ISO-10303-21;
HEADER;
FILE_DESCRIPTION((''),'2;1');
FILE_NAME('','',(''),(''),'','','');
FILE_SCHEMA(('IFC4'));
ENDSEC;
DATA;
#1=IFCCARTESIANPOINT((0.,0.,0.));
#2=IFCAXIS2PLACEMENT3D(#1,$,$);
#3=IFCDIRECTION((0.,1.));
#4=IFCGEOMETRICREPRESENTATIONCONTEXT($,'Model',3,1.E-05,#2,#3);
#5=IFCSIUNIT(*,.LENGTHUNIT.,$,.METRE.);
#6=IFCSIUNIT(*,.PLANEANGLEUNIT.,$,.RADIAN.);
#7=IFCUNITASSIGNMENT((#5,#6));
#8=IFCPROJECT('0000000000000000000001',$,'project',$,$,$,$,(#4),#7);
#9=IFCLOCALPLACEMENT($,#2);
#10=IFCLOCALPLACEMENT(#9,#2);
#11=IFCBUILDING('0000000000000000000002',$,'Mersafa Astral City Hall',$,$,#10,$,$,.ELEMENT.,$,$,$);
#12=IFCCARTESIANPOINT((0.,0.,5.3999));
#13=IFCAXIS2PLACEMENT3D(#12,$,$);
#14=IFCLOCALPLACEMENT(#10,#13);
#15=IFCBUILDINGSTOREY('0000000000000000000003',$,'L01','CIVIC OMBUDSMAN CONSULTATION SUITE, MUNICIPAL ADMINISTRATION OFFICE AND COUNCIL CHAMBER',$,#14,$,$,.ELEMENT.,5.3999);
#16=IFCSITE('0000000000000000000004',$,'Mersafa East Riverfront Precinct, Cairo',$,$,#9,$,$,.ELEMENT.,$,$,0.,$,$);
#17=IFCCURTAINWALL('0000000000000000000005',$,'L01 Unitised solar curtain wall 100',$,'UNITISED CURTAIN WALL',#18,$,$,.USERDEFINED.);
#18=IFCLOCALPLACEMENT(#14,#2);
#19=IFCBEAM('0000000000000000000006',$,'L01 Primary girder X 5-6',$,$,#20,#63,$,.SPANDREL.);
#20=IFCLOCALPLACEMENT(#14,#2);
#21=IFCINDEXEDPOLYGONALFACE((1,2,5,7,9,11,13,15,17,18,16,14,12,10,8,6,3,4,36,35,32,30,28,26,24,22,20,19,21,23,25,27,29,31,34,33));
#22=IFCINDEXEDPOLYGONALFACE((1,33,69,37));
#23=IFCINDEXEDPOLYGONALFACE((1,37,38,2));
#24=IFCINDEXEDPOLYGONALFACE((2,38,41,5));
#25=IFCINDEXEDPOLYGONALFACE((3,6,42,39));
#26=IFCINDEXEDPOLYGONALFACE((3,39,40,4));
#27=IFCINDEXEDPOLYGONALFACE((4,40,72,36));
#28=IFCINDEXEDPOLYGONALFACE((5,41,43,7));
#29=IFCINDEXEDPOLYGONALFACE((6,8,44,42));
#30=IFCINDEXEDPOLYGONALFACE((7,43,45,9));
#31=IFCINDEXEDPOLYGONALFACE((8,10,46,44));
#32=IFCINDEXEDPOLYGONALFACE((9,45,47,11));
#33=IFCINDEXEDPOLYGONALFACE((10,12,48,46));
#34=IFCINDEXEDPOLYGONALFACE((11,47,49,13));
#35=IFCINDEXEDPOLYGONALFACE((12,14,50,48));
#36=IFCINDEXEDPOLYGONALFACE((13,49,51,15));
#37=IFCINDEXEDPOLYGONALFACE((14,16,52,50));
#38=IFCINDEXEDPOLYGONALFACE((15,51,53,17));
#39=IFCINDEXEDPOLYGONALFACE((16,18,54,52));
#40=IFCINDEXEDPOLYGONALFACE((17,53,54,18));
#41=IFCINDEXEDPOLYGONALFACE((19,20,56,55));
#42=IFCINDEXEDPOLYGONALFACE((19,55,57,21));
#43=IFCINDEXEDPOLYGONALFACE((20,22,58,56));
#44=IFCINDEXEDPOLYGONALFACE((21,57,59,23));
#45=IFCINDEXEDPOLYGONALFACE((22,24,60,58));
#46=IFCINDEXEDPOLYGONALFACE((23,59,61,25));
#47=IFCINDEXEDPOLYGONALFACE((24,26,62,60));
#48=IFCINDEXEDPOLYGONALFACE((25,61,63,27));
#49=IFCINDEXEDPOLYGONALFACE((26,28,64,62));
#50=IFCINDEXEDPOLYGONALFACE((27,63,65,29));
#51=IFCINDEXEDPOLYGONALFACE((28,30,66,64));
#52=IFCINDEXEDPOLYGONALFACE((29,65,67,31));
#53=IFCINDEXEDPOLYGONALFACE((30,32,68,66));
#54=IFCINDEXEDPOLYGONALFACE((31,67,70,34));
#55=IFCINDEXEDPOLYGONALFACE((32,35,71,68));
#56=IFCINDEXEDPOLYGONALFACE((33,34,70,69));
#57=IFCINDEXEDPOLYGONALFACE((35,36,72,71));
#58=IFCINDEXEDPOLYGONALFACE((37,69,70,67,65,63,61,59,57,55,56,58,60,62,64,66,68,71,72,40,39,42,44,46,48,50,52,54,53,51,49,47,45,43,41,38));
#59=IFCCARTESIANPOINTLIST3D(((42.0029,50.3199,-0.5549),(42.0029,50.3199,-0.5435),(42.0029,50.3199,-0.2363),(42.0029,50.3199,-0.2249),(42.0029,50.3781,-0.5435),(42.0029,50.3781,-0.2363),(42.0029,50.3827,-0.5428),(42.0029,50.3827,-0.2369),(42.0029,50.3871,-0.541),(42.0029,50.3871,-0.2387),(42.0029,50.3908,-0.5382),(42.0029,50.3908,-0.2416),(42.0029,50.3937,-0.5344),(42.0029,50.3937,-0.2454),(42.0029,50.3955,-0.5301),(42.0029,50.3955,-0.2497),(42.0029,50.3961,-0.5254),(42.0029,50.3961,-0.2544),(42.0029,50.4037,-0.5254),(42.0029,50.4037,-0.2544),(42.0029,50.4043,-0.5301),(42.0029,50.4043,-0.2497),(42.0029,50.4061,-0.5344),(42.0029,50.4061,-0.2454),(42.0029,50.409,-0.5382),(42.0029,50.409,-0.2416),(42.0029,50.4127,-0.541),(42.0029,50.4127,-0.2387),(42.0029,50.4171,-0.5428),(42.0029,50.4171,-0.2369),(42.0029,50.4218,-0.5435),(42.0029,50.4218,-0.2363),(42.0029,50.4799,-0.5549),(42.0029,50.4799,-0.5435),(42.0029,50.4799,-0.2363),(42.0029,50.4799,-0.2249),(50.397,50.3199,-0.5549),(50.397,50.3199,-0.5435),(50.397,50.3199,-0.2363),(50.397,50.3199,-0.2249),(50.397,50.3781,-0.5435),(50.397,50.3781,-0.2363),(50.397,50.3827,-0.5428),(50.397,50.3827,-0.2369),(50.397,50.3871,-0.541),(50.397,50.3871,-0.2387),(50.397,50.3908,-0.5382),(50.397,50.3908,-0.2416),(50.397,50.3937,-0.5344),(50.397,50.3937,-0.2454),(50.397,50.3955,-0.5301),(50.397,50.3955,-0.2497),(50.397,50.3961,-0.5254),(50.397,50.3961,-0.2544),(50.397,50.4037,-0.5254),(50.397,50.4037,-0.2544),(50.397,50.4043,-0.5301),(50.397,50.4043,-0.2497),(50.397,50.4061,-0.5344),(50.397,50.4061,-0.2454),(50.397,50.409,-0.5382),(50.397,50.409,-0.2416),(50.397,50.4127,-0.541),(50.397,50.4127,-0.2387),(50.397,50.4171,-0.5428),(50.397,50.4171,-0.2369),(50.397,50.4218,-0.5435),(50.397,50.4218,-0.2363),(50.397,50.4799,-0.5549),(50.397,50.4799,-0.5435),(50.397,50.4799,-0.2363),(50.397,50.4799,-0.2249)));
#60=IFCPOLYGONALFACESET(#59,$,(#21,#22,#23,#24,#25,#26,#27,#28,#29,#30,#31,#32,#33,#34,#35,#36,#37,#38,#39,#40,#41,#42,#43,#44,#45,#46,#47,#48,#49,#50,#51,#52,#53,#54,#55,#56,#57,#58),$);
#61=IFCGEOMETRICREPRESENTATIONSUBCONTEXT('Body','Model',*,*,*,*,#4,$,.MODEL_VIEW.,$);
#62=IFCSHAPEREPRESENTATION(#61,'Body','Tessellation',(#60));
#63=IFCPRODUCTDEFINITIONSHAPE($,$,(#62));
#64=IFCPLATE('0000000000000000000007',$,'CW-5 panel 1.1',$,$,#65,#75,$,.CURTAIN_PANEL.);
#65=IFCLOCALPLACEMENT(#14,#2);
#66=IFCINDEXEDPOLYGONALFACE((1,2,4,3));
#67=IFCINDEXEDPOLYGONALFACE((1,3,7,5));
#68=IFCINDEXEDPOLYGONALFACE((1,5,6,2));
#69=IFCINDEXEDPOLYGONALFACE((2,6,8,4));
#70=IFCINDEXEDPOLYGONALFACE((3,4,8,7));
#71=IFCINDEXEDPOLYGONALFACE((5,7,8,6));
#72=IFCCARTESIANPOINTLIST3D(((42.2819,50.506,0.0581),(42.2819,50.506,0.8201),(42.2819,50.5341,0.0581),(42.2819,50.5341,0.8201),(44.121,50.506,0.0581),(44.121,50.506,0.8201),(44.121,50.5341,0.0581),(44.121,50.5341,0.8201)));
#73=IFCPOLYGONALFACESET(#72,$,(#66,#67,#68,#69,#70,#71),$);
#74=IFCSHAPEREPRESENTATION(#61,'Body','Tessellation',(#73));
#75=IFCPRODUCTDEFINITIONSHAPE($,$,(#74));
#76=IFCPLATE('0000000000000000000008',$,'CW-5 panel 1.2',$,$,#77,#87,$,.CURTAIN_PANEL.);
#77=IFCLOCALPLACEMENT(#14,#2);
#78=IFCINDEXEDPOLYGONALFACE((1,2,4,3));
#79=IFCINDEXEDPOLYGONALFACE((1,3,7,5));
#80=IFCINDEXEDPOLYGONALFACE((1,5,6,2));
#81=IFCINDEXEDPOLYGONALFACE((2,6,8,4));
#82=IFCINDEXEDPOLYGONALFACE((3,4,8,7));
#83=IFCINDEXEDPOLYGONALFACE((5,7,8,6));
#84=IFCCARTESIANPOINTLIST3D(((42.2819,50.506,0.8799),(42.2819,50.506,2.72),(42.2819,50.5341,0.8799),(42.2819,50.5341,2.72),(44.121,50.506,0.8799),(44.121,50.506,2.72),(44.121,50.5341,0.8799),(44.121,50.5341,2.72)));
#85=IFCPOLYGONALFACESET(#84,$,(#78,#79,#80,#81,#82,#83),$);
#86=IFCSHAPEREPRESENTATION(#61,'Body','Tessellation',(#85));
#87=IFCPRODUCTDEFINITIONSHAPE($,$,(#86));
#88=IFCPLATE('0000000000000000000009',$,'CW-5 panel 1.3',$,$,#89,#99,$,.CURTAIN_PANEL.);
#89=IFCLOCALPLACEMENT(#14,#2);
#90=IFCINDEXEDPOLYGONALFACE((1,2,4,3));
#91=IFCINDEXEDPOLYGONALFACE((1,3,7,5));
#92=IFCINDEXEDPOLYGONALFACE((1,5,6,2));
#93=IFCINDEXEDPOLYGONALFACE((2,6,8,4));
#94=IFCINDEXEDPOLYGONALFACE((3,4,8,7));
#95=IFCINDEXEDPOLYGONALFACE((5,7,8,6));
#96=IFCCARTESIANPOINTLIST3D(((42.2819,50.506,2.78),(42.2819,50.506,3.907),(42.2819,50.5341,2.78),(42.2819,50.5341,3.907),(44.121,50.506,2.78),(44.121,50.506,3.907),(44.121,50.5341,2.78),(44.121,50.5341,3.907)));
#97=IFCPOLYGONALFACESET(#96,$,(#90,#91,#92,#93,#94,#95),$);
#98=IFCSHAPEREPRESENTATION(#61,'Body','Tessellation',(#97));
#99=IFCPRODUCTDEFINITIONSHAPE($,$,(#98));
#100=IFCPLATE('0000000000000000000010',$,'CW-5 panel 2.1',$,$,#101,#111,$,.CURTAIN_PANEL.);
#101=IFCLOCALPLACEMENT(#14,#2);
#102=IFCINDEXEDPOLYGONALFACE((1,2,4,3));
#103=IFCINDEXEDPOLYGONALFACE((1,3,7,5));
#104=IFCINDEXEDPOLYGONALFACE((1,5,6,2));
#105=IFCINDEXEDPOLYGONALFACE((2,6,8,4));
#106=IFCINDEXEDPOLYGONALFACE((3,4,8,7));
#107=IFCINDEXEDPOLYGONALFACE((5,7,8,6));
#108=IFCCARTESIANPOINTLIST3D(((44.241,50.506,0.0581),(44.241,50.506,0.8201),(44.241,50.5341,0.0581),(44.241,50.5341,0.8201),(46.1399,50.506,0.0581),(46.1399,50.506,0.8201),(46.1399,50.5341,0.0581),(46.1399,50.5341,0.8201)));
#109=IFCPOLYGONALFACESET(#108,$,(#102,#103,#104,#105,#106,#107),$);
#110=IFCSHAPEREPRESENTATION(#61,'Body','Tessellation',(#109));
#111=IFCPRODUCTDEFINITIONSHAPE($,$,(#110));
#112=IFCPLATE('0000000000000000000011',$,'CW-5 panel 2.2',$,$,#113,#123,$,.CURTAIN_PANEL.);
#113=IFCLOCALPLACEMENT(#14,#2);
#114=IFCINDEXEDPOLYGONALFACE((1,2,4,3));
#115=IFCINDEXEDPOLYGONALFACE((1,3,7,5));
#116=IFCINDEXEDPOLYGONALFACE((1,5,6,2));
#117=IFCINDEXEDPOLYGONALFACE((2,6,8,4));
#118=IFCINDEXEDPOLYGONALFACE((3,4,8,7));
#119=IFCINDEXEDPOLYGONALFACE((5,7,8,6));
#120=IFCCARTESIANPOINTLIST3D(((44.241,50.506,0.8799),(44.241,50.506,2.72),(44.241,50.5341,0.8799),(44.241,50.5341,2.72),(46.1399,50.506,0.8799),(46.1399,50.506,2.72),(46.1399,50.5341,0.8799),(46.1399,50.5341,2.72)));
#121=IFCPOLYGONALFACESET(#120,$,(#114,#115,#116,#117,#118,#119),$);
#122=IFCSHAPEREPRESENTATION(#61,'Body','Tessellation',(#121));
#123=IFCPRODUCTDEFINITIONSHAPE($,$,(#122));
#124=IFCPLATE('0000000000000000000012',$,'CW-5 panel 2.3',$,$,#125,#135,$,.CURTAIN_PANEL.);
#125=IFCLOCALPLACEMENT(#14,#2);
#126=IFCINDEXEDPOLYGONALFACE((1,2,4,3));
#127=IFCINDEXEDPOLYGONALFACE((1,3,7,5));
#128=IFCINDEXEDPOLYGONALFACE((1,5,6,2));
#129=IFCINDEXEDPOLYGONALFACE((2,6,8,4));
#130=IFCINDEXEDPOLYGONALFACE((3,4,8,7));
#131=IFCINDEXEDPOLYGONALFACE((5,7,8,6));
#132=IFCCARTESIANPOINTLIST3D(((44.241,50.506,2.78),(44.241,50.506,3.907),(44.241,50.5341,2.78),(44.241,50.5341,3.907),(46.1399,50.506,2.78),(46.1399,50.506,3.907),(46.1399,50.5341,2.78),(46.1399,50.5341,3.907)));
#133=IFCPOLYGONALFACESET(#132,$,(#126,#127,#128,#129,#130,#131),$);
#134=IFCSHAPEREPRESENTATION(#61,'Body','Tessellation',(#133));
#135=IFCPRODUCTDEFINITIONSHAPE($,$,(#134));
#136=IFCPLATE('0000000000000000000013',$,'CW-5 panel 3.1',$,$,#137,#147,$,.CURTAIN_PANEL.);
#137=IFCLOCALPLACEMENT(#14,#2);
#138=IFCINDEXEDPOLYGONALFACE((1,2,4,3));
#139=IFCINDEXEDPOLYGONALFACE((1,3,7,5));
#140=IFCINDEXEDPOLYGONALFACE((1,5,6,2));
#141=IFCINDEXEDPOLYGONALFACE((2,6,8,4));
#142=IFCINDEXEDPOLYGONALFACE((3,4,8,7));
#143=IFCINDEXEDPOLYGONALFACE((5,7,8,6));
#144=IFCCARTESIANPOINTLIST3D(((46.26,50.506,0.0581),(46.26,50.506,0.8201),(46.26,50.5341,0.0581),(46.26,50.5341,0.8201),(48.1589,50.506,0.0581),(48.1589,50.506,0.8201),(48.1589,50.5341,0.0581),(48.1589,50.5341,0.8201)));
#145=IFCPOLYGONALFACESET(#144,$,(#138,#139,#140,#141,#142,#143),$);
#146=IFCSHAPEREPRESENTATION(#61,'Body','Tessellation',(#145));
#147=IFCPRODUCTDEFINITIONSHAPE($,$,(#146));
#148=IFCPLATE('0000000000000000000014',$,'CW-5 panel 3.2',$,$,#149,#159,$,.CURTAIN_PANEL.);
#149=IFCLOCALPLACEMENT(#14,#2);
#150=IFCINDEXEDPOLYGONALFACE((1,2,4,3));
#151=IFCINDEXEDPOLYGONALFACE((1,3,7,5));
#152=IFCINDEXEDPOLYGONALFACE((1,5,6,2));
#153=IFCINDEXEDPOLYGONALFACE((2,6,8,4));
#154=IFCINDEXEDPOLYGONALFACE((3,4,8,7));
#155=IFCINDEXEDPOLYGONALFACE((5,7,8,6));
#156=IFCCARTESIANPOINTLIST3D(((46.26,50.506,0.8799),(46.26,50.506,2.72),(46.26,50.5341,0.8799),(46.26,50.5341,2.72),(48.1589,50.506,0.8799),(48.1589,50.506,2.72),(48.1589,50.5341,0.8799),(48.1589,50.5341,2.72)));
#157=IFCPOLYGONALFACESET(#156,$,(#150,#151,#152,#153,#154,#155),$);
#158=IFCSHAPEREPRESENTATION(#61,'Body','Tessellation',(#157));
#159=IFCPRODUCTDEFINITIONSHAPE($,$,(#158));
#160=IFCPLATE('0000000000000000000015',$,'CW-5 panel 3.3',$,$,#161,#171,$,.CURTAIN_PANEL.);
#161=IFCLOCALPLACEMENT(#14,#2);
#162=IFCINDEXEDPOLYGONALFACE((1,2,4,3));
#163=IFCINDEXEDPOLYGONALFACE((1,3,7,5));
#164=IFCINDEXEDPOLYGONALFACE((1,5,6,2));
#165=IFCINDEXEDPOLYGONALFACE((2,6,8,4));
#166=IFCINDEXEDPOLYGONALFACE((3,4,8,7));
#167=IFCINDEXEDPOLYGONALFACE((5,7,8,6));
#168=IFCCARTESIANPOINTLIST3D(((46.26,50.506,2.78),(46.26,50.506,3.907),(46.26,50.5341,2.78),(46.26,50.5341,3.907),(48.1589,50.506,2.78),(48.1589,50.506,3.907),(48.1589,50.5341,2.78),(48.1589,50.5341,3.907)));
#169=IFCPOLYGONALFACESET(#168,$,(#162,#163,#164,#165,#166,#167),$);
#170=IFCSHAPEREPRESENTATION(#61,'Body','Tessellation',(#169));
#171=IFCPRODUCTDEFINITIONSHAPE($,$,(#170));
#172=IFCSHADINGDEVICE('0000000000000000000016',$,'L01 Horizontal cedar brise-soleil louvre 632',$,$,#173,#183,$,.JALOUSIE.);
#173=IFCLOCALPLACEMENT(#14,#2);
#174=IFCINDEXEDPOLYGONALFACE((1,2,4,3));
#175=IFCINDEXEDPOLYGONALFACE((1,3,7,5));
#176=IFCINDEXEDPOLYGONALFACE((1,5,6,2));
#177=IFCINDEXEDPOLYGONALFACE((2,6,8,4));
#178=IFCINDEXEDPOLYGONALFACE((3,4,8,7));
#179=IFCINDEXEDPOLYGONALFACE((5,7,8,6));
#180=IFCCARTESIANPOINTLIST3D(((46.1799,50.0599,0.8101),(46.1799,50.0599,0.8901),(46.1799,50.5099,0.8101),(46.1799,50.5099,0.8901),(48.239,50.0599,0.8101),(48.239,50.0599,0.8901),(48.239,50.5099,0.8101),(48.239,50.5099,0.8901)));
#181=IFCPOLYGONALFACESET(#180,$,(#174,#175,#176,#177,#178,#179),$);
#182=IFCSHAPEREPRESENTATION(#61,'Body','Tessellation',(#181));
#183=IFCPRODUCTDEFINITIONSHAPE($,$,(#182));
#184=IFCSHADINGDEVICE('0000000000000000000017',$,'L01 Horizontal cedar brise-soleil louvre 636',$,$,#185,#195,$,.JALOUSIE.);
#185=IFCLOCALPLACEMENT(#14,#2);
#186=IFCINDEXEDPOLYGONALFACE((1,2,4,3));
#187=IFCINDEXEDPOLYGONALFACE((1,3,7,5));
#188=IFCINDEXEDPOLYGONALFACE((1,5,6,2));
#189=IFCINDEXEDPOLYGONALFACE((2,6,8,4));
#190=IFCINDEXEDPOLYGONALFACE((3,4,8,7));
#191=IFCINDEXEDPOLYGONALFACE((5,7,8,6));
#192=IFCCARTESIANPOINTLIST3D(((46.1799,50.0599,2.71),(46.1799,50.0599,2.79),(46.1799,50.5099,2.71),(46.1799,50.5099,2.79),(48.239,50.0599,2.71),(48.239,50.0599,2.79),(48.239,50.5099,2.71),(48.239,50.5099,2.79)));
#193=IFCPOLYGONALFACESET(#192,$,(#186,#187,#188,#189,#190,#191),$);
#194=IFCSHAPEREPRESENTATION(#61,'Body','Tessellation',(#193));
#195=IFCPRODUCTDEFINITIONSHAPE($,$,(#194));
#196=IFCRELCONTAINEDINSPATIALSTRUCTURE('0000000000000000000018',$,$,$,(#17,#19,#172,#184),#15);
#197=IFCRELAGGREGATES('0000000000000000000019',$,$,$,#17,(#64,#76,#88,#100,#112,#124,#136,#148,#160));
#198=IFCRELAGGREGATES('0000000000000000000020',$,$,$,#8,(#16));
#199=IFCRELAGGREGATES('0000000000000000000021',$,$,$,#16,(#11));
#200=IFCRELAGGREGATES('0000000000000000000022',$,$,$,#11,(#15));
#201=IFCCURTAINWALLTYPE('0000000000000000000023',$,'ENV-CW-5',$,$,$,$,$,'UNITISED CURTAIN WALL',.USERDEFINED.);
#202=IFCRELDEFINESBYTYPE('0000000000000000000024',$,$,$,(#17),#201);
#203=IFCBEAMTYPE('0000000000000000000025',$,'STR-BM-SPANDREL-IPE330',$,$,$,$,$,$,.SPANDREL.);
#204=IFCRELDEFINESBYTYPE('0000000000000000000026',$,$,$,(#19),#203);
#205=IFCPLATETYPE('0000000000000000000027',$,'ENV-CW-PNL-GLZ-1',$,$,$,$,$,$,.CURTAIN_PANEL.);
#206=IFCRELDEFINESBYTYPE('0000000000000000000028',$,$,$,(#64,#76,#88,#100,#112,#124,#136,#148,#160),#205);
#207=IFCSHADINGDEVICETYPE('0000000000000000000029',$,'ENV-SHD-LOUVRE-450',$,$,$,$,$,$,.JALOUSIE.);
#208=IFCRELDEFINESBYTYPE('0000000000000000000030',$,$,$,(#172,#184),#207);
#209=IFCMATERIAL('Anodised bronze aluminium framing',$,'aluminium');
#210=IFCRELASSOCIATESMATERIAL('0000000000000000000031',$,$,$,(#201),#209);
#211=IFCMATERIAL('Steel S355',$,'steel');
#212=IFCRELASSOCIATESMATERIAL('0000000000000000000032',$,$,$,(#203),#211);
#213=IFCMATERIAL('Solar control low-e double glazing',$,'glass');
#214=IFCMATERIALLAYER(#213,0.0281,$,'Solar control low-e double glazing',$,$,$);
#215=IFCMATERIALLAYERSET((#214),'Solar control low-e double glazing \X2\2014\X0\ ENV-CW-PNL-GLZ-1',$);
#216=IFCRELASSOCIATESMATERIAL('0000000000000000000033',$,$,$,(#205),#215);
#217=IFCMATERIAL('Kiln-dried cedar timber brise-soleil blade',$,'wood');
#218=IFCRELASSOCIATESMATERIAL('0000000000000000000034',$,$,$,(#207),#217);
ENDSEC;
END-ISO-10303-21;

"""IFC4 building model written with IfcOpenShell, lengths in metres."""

from ifc_helpers import new_model, si_unit, direction, frame, origin, origin_2d, place, context, subcontext, project, spatial, rectangle, i_section, extrude, material, layer, layer_set, material_profile, profile_set, type_object, element, aggregate, save


model = new_model("IFC4")

# Units and contexts
model_context = context("Model", 3, precision=1e-05, world=origin(), true_north=direction((0.0, 1.0)))
body_context = subcontext(model_context, "Body", "Model", "MODEL_VIEW")
ifc_project = project(units=[si_unit("LENGTHUNIT", "METRE"), si_unit("PLANEANGLEUNIT", "RADIAN")], contexts=[model_context])

# Site, building, storey
site_placement = place(None, origin())
site = spatial("IfcSite", under=ifc_project, at=site_placement, Name="Mersafa East Riverfront Precinct, Cairo", CompositionType="ELEMENT", RefElevation=0.0)
building_placement = place(site_placement, origin())
building = spatial("IfcBuilding", under=site, at=building_placement, Name="Mersafa Astral City Hall", CompositionType="ELEMENT")
storey_placement = place(building_placement, frame((0.0, 0.0, 5.3999)))
storey = spatial("IfcBuildingStorey", under=building, at=storey_placement, Name="L01", Description="CIVIC OMBUDSMAN CONSULTATION SUITE, MUNICIPAL ADMINISTRATION OFFICE AND COUNCIL CHAMBER", CompositionType="ELEMENT", Elevation=5.3999)

# Curtain wall
ifc_material_1 = material(Name="Anodised bronze aluminium framing", Category="aluminium")
curtain_wall_type = type_object("IfcCurtainWallType", Name="ENV-CW-5", ElementType="UNITISED CURTAIN WALL", PredefinedType="USERDEFINED", material=ifc_material_1)
curtain_wall_placement = place(storey_placement, origin())
curtain_wall = element("IfcCurtainWall", 1, at=curtain_wall_placement, inside=storey, type_object=curtain_wall_type, Name="L01 Unitised solar curtain wall 100", ObjectType="UNITISED CURTAIN WALL", PredefinedType="USERDEFINED")

# Beam
ifc_material_2 = material(Name="Steel S355", Category="steel")
ifc_material_profile_1 = material_profile(ifc_material_2, i_section(OverallWidth=0.1599, OverallDepth=0.3301, WebThickness=0.0076, FlangeThickness=0.0115, FilletRadius=0.0181, at=origin_2d()), Name="IPE 330")
ifc_profile_set_1 = profile_set([ifc_material_profile_1], Name="Steel S355")
beam_type_1 = type_object("IfcBeamType", Name="STR-BM-SPANDREL-IPE330", PredefinedType="SPANDREL", material=ifc_profile_set_1)
beam_placement = place(storey_placement, frame((42.0029, 50.3999, -0.3899), z_axis=(1.0, 0.0, 0.0), x_axis=(0.0, 1.0, 0.0)))
element("IfcBeam", 2, at=beam_placement, inside=storey, type_object=beam_type_1, Name="L01 Primary girder X 5-6", PredefinedType="SPANDREL", context=body_context, shape_type="SweptSolid", body=[
    extrude(i_section(OverallWidth=0.1599, OverallDepth=0.3301, WebThickness=0.0076, FlangeThickness=0.0115, FilletRadius=0.0181, at=origin_2d()), origin(), (0.0, 0.0, 1.0), 8.394),
])

# Plates
ifc_material_3 = material(Name="Solar control low-e double glazing", Category="glass")
ifc_layer = layer(ifc_material_3, 0.0281, Name="Solar control low-e double glazing")
ifc_layer_set = layer_set([ifc_layer], Name="Solar control low-e double glazing — ENV-CW-PNL-GLZ-1")
plate_type = type_object("IfcPlateType", Name="ENV-CW-PNL-GLZ-1", PredefinedType="CURTAIN_PANEL", material=ifc_layer_set)
plate_1_placement = place(storey_placement, frame((43.2014, 50.52, 0.0581), z_axis=(0.0, 0.0, 1.0), x_axis=(1.0, 0.0, 0.0)))
plate_1 = element("IfcPlate", 3, at=plate_1_placement, type_object=plate_type, Name="CW-5 panel 1.1", PredefinedType="CURTAIN_PANEL", context=body_context, shape_type="SweptSolid", body=[
    extrude(rectangle(XDim=1.8391, YDim=0.0281, at=origin_2d()), origin(), (0.0, 0.0, 1.0), 0.762),
])
plate_2_placement = place(storey_placement, frame((43.2014, 50.52, 0.8799), z_axis=(0.0, 0.0, 1.0), x_axis=(1.0, 0.0, 0.0)))
plate_2 = element("IfcPlate", 4, at=plate_2_placement, type_object=plate_type, Name="CW-5 panel 1.2", PredefinedType="CURTAIN_PANEL", context=body_context, shape_type="SweptSolid", body=[
    extrude(rectangle(XDim=1.8391, YDim=0.0281, at=origin_2d()), origin(), (0.0, 0.0, 1.0), 1.8401),
])
plate_3_placement = place(storey_placement, frame((43.2014, 50.52, 2.78), z_axis=(0.0, 0.0, 1.0), x_axis=(1.0, 0.0, 0.0)))
plate_3 = element("IfcPlate", 5, at=plate_3_placement, type_object=plate_type, Name="CW-5 panel 1.3", PredefinedType="CURTAIN_PANEL", context=body_context, shape_type="SweptSolid", body=[
    extrude(rectangle(XDim=1.8391, YDim=0.0281, at=origin_2d()), origin(), (0.0, 0.0, 1.0), 1.127),
])
plate_4_placement = place(storey_placement, frame((45.1904, 50.52, 0.0581), z_axis=(0.0, 0.0, 1.0), x_axis=(1.0, 0.0, 0.0)))
plate_4 = element("IfcPlate", 6, at=plate_4_placement, type_object=plate_type, Name="CW-5 panel 2.1", PredefinedType="CURTAIN_PANEL", context=body_context, shape_type="SweptSolid", body=[
    extrude(rectangle(XDim=1.8989, YDim=0.0281, at=origin_2d()), origin(), (0.0, 0.0, 1.0), 0.762),
])
plate_5_placement = place(storey_placement, frame((45.1904, 50.52, 0.8799), z_axis=(0.0, 0.0, 1.0), x_axis=(1.0, 0.0, 0.0)))
plate_5 = element("IfcPlate", 7, at=plate_5_placement, type_object=plate_type, Name="CW-5 panel 2.2", PredefinedType="CURTAIN_PANEL", context=body_context, shape_type="SweptSolid", body=[
    extrude(rectangle(XDim=1.8989, YDim=0.0281, at=origin_2d()), origin(), (0.0, 0.0, 1.0), 1.8401),
])
plate_6_placement = place(storey_placement, frame((45.1904, 50.52, 2.78), z_axis=(0.0, 0.0, 1.0), x_axis=(1.0, 0.0, 0.0)))
plate_6 = element("IfcPlate", 8, at=plate_6_placement, type_object=plate_type, Name="CW-5 panel 2.3", PredefinedType="CURTAIN_PANEL", context=body_context, shape_type="SweptSolid", body=[
    extrude(rectangle(XDim=1.8989, YDim=0.0281, at=origin_2d()), origin(), (0.0, 0.0, 1.0), 1.127),
])
plate_7_placement = place(storey_placement, frame((47.2095, 50.52, 0.0581), z_axis=(0.0, 0.0, 1.0), x_axis=(1.0, 0.0, 0.0)))
plate_7 = element("IfcPlate", 9, at=plate_7_placement, type_object=plate_type, Name="CW-5 panel 3.1", PredefinedType="CURTAIN_PANEL", context=body_context, shape_type="SweptSolid", body=[
    extrude(rectangle(XDim=1.8989, YDim=0.0281, at=origin_2d()), origin(), (0.0, 0.0, 1.0), 0.762),
])
plate_8_placement = place(storey_placement, frame((47.2095, 50.52, 0.8799), z_axis=(0.0, 0.0, 1.0), x_axis=(1.0, 0.0, 0.0)))
plate_8 = element("IfcPlate", 10, at=plate_8_placement, type_object=plate_type, Name="CW-5 panel 3.2", PredefinedType="CURTAIN_PANEL", context=body_context, shape_type="SweptSolid", body=[
    extrude(rectangle(XDim=1.8989, YDim=0.0281, at=origin_2d()), origin(), (0.0, 0.0, 1.0), 1.8401),
])
plate_9_placement = place(storey_placement, frame((47.2095, 50.52, 2.78), z_axis=(0.0, 0.0, 1.0), x_axis=(1.0, 0.0, 0.0)))
plate_9 = element("IfcPlate", 11, at=plate_9_placement, type_object=plate_type, Name="CW-5 panel 3.3", PredefinedType="CURTAIN_PANEL", context=body_context, shape_type="SweptSolid", body=[
    extrude(rectangle(XDim=1.8989, YDim=0.0281, at=origin_2d()), origin(), (0.0, 0.0, 1.0), 1.127),
])
aggregate(curtain_wall, [plate_1, plate_2, plate_3, plate_4, plate_5, plate_6, plate_7, plate_8, plate_9])

# Shading devices
ifc_material_4 = material(Name="Kiln-dried cedar timber brise-soleil blade", Category="wood")
shading_device_type = type_object("IfcShadingDeviceType", Name="ENV-SHD-LOUVRE-450", PredefinedType="JALOUSIE", material=ifc_material_4)
for number, where, z_axis, x_axis, name in (
    (12, (47.2095, 50.2849, 0.8101), (0.0, 0.0, 1.0), (1.0, 0.0, 0.0), "L01 Horizontal cedar brise-soleil louvre 632"),
    (13, (47.2095, 50.2849, 2.71), (0.0, 0.0, 1.0), (1.0, 0.0, 0.0), "L01 Horizontal cedar brise-soleil louvre 636"),
):
    element("IfcShadingDevice", number, at=place(storey_placement, frame(where, z_axis=z_axis, x_axis=x_axis)), inside=storey, type_object=shading_device_type, Name=name, PredefinedType="JALOUSIE", context=body_context, shape_type="SweptSolid", body=[
        extrude(rectangle(XDim=2.0591, YDim=0.45, at=origin_2d()), origin(), (0.0, 0.0, 1.0), 0.0801),
    ])

save(model, "model.ifc")
